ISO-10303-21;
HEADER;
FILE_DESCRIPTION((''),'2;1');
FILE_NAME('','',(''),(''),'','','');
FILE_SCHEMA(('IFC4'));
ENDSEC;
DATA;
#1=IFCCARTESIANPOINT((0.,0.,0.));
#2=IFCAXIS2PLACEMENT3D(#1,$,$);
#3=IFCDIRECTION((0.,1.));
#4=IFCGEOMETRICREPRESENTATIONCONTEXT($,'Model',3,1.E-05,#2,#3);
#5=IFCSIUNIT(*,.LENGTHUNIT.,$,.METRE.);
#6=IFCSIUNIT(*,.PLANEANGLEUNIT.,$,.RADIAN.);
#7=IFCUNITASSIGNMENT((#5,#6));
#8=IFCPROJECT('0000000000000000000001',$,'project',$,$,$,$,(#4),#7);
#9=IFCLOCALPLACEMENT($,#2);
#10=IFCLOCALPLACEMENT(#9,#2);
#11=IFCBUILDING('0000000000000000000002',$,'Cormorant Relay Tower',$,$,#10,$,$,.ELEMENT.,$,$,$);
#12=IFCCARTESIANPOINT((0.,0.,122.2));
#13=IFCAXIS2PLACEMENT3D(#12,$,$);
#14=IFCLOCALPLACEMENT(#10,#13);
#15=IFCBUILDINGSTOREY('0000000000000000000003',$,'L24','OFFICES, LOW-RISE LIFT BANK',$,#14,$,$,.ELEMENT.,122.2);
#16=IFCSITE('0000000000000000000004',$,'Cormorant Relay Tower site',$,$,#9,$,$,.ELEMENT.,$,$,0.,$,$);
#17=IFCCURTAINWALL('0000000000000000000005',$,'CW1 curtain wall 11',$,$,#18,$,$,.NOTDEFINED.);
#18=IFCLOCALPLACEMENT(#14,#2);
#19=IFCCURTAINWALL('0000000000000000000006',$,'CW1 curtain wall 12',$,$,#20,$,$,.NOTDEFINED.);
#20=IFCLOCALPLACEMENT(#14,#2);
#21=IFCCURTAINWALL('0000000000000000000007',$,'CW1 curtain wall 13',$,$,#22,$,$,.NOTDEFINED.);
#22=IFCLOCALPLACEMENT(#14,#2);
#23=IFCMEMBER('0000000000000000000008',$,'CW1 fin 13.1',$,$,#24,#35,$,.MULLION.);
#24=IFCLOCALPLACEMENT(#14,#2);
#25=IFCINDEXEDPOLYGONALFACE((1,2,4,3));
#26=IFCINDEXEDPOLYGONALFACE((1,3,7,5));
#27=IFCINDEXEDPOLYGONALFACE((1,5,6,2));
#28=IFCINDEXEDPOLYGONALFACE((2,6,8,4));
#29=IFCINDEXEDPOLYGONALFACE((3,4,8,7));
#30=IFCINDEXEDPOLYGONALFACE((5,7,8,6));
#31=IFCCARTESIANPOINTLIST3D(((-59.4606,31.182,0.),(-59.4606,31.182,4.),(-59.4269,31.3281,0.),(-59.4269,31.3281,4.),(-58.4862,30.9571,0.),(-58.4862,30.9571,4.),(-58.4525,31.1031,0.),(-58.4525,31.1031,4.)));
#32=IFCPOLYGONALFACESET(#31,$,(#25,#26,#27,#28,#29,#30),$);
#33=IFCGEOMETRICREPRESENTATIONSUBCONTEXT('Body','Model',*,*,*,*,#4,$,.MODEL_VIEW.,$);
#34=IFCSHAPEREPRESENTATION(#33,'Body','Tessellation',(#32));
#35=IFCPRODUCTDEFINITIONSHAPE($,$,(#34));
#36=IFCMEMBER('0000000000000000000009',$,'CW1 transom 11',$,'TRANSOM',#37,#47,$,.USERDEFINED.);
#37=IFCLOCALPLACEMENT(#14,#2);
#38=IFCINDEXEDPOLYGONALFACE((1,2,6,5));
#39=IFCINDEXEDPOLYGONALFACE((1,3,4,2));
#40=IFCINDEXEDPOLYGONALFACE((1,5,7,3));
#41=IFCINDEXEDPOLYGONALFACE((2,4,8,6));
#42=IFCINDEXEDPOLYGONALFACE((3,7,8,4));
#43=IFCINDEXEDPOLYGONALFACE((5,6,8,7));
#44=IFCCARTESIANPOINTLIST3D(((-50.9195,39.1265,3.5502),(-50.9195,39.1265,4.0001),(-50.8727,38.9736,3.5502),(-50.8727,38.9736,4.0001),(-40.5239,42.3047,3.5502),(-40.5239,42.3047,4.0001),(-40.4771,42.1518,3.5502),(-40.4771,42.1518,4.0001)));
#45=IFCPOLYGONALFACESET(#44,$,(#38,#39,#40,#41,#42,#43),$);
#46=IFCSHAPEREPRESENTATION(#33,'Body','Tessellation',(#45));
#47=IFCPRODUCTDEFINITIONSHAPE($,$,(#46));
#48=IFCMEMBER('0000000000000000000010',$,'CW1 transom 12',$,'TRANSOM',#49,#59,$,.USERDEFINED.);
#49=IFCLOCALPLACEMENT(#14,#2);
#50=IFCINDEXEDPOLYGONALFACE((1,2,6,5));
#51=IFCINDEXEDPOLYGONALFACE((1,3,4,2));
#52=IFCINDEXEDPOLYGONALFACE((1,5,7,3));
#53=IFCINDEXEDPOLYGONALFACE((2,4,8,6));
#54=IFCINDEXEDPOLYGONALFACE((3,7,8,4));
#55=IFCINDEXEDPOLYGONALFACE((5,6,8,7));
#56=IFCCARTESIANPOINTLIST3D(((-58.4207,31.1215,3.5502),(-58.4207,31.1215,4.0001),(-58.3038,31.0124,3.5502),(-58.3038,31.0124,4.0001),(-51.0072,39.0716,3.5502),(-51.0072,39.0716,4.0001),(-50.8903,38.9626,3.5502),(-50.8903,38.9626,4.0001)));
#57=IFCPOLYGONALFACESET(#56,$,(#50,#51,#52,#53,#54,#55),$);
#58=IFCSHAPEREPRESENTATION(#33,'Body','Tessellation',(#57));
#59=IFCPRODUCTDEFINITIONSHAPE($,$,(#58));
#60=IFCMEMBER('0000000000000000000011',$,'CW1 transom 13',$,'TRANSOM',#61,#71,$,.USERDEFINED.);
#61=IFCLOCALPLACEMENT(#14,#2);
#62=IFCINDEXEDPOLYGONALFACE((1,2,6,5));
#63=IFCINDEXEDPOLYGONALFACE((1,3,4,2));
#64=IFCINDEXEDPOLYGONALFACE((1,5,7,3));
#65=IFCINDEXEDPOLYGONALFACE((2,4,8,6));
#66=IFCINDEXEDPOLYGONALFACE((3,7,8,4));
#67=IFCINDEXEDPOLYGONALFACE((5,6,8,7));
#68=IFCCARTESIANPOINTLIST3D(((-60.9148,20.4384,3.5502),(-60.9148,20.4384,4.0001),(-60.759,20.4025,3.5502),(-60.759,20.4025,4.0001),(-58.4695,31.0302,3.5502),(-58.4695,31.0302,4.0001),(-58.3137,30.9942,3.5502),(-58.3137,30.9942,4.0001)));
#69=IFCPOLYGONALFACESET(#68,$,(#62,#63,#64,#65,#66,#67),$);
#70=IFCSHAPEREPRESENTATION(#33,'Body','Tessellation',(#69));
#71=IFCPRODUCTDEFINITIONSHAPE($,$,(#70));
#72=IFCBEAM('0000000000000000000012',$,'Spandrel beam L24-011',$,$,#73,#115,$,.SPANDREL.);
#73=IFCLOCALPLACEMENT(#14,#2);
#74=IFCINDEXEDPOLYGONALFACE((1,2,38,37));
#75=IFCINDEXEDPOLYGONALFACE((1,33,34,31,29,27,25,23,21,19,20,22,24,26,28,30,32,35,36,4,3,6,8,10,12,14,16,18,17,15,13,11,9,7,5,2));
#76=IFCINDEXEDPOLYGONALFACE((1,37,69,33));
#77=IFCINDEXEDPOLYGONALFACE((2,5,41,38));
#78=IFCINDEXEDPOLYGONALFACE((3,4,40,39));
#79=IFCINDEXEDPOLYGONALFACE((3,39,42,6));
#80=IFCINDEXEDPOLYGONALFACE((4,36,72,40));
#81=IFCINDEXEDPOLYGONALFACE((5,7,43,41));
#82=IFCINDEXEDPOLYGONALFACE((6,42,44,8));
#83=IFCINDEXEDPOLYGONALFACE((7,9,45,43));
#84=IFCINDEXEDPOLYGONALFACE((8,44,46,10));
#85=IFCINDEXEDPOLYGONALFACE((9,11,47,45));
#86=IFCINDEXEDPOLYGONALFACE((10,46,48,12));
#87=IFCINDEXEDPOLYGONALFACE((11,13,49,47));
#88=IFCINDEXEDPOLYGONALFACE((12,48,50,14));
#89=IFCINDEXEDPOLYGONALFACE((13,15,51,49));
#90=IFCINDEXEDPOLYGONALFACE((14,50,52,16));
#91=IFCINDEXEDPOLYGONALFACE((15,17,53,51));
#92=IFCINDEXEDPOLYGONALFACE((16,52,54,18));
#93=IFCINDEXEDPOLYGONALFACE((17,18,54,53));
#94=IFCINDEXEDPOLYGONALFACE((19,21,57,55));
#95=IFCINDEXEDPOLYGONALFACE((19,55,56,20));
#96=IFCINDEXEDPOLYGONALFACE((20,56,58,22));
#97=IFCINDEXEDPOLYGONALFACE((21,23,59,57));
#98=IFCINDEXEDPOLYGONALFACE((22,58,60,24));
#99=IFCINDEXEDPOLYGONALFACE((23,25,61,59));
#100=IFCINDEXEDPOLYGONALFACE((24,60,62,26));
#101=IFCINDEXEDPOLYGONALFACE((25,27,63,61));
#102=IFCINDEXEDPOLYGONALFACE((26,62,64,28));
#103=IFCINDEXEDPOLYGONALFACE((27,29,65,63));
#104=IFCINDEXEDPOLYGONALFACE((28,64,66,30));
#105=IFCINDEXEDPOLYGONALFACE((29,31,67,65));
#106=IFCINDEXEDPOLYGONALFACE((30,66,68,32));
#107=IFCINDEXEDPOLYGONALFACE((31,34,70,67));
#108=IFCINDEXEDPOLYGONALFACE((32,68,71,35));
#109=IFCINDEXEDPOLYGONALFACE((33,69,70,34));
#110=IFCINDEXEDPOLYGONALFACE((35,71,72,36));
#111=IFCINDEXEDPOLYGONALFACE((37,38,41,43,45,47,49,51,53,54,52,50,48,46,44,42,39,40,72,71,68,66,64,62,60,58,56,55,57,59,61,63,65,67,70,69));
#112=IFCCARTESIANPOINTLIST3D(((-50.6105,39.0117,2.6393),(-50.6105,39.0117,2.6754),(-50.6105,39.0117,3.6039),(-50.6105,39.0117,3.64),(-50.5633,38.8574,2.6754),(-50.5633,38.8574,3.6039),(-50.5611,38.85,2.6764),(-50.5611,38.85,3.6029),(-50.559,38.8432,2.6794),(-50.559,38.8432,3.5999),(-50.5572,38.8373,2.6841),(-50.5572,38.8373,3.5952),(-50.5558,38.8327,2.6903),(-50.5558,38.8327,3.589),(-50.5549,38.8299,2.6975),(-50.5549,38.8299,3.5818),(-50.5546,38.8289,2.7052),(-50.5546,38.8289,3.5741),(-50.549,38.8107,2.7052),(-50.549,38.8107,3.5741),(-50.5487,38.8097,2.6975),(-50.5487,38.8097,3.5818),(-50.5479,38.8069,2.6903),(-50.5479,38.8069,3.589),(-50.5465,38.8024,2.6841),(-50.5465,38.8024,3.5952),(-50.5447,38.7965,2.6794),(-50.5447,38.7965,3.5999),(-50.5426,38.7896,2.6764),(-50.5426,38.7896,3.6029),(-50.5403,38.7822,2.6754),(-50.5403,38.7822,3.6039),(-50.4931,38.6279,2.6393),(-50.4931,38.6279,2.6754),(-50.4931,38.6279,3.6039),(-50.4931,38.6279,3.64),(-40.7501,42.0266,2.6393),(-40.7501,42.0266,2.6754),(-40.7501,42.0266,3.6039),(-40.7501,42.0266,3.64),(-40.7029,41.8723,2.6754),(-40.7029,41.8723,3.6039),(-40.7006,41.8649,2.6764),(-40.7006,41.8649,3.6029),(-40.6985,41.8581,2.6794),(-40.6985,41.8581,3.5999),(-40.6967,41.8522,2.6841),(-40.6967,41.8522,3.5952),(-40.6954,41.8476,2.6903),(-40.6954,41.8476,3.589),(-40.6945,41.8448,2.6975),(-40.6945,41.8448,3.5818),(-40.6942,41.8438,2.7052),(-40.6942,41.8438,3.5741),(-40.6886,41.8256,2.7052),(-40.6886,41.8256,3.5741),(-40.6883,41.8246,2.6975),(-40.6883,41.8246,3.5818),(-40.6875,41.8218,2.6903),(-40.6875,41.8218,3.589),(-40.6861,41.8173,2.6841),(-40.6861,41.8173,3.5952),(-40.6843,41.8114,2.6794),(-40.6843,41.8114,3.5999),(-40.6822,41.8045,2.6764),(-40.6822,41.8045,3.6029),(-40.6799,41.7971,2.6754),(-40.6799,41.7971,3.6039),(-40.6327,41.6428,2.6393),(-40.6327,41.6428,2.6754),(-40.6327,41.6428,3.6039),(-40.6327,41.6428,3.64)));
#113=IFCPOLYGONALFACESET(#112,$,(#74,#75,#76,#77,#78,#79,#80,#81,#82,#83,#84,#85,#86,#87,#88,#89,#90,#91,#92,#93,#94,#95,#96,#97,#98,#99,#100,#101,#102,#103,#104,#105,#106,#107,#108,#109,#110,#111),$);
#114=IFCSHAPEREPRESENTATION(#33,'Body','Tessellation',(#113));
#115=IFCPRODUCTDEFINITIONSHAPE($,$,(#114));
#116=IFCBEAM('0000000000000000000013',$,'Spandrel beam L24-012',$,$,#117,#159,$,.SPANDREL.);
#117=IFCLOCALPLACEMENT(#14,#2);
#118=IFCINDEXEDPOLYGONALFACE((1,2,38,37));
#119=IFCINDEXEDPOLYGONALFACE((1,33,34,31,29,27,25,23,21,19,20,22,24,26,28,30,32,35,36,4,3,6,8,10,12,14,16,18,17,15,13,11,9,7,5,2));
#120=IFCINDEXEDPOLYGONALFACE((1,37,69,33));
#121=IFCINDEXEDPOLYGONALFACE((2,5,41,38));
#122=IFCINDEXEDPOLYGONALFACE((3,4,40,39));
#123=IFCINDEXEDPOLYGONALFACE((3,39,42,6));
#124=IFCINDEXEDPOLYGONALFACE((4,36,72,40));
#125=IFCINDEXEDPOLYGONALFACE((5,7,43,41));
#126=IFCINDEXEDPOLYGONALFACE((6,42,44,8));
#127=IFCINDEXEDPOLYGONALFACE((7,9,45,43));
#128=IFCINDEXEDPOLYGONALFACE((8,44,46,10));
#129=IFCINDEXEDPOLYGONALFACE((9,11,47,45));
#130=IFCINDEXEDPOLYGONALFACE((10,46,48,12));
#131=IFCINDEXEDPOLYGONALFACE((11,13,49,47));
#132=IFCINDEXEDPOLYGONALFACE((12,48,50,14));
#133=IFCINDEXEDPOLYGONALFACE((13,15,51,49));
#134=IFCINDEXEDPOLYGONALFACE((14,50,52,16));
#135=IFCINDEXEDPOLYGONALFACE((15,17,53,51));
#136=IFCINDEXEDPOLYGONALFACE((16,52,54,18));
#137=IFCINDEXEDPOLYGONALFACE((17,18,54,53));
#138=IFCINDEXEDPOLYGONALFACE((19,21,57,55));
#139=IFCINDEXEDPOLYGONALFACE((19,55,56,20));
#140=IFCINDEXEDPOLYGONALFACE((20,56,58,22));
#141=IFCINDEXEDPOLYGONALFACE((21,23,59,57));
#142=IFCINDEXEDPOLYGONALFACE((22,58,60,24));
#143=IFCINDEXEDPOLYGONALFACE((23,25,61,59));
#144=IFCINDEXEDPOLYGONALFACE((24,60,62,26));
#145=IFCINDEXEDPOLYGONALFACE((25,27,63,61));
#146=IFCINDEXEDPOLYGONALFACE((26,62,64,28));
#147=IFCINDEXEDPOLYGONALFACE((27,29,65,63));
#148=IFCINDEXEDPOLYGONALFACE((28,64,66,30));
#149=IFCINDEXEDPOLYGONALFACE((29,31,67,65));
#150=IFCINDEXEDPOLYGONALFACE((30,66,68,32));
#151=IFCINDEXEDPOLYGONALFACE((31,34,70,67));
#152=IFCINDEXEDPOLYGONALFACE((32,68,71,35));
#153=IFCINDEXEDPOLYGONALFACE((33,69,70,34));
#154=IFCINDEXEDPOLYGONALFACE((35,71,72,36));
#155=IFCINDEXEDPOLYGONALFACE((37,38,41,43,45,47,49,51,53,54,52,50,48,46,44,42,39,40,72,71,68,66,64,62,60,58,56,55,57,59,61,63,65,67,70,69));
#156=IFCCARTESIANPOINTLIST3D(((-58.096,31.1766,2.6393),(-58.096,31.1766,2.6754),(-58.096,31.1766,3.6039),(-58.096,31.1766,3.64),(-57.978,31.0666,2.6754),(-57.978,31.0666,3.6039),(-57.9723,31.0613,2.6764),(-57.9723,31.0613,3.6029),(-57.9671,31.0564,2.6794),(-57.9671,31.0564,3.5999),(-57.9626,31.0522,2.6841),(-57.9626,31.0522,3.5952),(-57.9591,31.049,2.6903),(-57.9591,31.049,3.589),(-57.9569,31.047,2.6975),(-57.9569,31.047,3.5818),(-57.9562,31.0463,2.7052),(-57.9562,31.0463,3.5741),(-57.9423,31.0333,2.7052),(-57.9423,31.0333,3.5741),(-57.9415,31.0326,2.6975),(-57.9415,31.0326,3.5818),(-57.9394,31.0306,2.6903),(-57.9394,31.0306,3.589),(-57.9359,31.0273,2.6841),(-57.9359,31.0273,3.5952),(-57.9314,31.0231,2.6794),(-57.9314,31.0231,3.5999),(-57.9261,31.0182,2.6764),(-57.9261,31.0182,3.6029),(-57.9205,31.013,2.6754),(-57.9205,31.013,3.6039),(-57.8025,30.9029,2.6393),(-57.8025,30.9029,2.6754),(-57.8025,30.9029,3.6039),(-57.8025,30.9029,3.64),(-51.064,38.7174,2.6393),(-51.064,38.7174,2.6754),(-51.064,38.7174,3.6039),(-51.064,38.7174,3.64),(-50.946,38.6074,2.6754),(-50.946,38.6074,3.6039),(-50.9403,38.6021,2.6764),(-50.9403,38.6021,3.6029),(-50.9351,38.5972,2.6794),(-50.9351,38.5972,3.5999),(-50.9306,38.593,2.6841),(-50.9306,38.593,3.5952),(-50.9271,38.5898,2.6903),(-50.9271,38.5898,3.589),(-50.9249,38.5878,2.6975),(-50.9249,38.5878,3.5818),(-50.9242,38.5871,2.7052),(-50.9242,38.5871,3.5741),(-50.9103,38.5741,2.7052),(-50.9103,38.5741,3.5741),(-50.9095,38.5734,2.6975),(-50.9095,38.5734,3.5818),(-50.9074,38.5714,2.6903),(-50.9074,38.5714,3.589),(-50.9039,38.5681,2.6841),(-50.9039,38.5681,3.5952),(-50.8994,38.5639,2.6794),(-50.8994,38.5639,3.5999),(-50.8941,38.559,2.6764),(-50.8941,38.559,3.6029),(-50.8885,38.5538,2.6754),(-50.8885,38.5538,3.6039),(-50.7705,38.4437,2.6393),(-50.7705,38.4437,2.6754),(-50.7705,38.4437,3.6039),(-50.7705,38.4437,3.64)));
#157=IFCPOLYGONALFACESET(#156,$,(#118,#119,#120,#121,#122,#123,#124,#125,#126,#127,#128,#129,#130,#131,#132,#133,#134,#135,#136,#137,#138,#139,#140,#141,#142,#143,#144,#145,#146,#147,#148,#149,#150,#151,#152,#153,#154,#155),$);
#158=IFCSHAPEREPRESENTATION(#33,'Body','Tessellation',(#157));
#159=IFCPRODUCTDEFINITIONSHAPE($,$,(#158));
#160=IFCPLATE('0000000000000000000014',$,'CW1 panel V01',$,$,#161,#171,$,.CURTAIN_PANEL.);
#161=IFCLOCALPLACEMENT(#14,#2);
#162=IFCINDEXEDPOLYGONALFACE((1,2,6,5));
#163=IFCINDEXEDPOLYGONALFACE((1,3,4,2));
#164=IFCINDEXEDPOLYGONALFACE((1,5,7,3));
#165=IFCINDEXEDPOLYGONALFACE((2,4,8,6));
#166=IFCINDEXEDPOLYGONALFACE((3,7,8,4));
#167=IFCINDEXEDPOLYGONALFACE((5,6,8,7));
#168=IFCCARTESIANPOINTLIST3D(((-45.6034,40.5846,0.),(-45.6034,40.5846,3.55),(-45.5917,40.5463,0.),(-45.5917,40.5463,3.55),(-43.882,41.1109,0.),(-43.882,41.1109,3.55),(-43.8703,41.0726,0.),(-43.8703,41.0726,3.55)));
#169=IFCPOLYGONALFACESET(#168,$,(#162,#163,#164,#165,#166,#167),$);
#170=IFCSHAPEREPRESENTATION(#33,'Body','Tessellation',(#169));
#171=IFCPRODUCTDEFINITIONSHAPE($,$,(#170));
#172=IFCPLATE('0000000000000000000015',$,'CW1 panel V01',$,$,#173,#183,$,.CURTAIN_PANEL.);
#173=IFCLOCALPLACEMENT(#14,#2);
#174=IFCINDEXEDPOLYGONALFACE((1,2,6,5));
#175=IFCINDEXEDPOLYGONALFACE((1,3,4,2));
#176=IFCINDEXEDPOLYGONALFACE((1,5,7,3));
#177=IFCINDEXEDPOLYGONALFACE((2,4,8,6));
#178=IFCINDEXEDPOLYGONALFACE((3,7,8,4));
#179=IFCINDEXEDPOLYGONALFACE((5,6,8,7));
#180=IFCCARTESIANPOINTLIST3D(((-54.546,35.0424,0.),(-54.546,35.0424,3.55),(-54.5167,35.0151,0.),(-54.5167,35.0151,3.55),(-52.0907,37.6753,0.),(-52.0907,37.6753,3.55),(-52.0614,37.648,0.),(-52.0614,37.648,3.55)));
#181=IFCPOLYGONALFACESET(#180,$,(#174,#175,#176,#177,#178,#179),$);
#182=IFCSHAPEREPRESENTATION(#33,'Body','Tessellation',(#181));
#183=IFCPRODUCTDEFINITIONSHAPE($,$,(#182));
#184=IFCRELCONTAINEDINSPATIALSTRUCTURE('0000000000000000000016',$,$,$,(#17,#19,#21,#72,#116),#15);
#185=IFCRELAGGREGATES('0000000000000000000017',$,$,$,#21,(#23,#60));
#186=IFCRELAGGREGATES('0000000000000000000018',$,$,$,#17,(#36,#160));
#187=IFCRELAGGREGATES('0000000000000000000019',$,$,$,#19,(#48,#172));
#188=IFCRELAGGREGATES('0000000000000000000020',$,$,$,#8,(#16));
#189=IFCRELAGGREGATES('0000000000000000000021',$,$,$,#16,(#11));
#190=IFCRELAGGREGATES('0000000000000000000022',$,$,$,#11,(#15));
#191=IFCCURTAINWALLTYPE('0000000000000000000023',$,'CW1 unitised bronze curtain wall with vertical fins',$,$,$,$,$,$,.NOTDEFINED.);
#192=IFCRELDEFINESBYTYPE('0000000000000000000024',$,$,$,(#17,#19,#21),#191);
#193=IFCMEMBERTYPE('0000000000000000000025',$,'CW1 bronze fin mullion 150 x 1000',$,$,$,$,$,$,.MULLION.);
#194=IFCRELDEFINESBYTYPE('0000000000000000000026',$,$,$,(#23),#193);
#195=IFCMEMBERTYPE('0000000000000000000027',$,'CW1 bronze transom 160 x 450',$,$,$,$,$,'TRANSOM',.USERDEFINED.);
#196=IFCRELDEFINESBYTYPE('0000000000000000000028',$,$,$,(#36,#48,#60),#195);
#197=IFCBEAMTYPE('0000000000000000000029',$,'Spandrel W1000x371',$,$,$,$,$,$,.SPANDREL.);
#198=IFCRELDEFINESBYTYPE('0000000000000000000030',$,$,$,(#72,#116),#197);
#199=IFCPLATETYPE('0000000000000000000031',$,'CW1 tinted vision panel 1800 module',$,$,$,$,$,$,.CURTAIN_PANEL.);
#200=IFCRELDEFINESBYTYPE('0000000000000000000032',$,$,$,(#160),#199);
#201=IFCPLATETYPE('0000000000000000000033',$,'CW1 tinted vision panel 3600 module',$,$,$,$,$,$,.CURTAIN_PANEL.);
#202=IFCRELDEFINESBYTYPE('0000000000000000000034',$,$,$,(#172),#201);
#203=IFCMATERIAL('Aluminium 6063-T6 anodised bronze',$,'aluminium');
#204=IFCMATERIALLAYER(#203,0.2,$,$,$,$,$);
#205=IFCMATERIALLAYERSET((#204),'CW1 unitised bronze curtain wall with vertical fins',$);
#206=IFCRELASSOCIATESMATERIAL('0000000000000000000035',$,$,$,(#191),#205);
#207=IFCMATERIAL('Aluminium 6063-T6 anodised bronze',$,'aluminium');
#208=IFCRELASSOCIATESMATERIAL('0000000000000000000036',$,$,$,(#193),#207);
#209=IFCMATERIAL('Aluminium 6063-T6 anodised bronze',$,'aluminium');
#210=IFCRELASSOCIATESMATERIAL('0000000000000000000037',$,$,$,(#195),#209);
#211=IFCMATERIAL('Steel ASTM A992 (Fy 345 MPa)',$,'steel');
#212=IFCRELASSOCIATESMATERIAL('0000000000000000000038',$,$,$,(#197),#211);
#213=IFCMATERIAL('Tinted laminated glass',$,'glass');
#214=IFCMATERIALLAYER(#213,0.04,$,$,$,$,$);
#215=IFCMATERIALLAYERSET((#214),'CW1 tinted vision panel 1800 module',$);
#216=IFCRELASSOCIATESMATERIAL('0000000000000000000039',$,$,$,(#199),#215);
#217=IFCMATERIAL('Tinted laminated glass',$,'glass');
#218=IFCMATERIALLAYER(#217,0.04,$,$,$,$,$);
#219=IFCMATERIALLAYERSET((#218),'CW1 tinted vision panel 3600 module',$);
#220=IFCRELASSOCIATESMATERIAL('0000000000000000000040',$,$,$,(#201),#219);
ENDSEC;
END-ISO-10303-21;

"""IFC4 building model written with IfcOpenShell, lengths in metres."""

from ifc_helpers import new_model, si_unit, direction, frame, origin, origin_2d, place, context, subcontext, project, spatial, rectangle, i_section, extrude, material, layer, layer_set, material_profile, profile_set, type_object, element, aggregate, save


model = new_model("IFC4")

# Units and contexts
model_context = context("Model", 3, precision=1e-05, world=origin(), true_north=direction((0.0, 1.0)))
body_context = subcontext(model_context, "Body", "Model", "MODEL_VIEW")
ifc_project = project(units=[si_unit("LENGTHUNIT", "METRE"), si_unit("PLANEANGLEUNIT", "RADIAN")], contexts=[model_context])

# Site, building, storey
site_placement = place(None, origin())
site = spatial("IfcSite", under=ifc_project, at=site_placement, Name="Cormorant Relay Tower site", CompositionType="ELEMENT", RefElevation=0.0)
building_placement = place(site_placement, origin())
building = spatial("IfcBuilding", under=site, at=building_placement, Name="Cormorant Relay Tower", CompositionType="ELEMENT")
storey_placement = place(building_placement, frame((0.0, 0.0, 122.2)))
storey = spatial("IfcBuildingStorey", under=building, at=storey_placement, Name="L24", Description="OFFICES, LOW-RISE LIFT BANK", CompositionType="ELEMENT", Elevation=122.2)

# Curtain walls
ifc_material_1 = material(Name="Aluminium 6063-T6 anodised bronze", Category="aluminium")
ifc_layer_1 = layer(ifc_material_1, 0.2)
ifc_layer_set_1 = layer_set([ifc_layer_1], Name="CW1 unitised bronze curtain wall with vertical fins")
curtain_wall_type = type_object("IfcCurtainWallType", Name="CW1 unitised bronze curtain wall with vertical fins", PredefinedType="NOTDEFINED", material=ifc_layer_set_1)
curtain_wall_1_placement = place(storey_placement, origin())
curtain_wall_1 = element("IfcCurtainWall", 1, at=curtain_wall_1_placement, inside=storey, type_object=curtain_wall_type, Name="CW1 curtain wall 11", PredefinedType="NOTDEFINED")
ifc_material_2 = material(Name="Aluminium 6063-T6 anodised bronze", Category="aluminium")
ifc_material_profile_1 = material_profile(ifc_material_2, rectangle(XDim=0.1499, YDim=1.0, at=origin_2d()), Name="AL 150x1000")
ifc_profile_set_1 = profile_set([ifc_material_profile_1], Name="Aluminium 6063-T6 anodised bronze")
member_type_1 = type_object("IfcMemberType", Name="CW1 bronze fin mullion 150 x 1000", PredefinedType="MULLION", material=ifc_profile_set_1)
curtain_wall_2_placement = place(storey_placement, origin())
curtain_wall_2 = element("IfcCurtainWall", 2, at=curtain_wall_2_placement, inside=storey, type_object=curtain_wall_type, Name="CW1 curtain wall 12", PredefinedType="NOTDEFINED")

# Curtain wall, member
curtain_wall_3_placement = place(storey_placement, origin())
curtain_wall_3 = element("IfcCurtainWall", 3, at=curtain_wall_3_placement, inside=storey, type_object=curtain_wall_type, Name="CW1 curtain wall 13", PredefinedType="NOTDEFINED")
member_1_placement = place(storey_placement, frame((-58.9565, 31.1426, 0.0), z_axis=(0.0, 0.0, 1.0), x_axis=(-0.224951, -0.97437, 0.0)))
member_1 = element("IfcMember", 4, at=member_1_placement, type_object=member_type_1, Name="CW1 fin 13.1", PredefinedType="MULLION", context=body_context, shape_type="SweptSolid", body=[
    extrude(rectangle(XDim=0.1499, YDim=1.0, at=origin_2d()), origin(), (0.0, 0.0, 1.0), 4.0),
])

# Members
ifc_material_3 = material(Name="Aluminium 6063-T6 anodised bronze", Category="aluminium")
ifc_material_profile_2 = material_profile(ifc_material_3, rectangle(XDim=0.1599, YDim=0.45, at=origin_2d()), Name="AL 160x450")
ifc_profile_set_2 = profile_set([ifc_material_profile_2], Name="Aluminium 6063-T6 anodised bronze")
member_type_2 = type_object("IfcMemberType", Name="CW1 bronze transom 160 x 450", ElementType="TRANSOM", PredefinedType="USERDEFINED", material=ifc_profile_set_2)
member_2_placement = place(storey_placement, frame((-40.5005, 42.2283, 3.7751), z_axis=(-0.956305, -0.292371, 0.0), x_axis=(0.292371, -0.956305, 0.0)))
member_2 = element("IfcMember", 5, at=member_2_placement, type_object=member_type_2, Name="CW1 transom 11", ObjectType="TRANSOM", PredefinedType="USERDEFINED", context=body_context, shape_type="SweptSolid", body=[
    extrude(rectangle(XDim=0.1599, YDim=0.45, at=origin_2d()), origin(), (0.0, 0.0, 1.0), 10.8706),
])
member_3_placement = place(storey_placement, frame((-50.9487, 39.0171, 3.7751), z_axis=(-0.681993, -0.731358, 0.0), x_axis=(0.731358, -0.681993, 0.0)))
member_3 = element("IfcMember", 6, at=member_3_placement, type_object=member_type_2, Name="CW1 transom 12", ObjectType="TRANSOM", PredefinedType="USERDEFINED", context=body_context, shape_type="SweptSolid", body=[
    extrude(rectangle(XDim=0.1599, YDim=0.45, at=origin_2d()), origin(), (0.0, 0.0, 1.0), 10.8704),
])
member_4_placement = place(storey_placement, frame((-58.3916, 31.0122, 3.7751), z_axis=(-0.224951, -0.97437, 0.0), x_axis=(0.97437, -0.224951, 0.0)))
member_4 = element("IfcMember", 7, at=member_4_placement, type_object=member_type_2, Name="CW1 transom 13", ObjectType="TRANSOM", PredefinedType="USERDEFINED", context=body_context, shape_type="SweptSolid", body=[
    extrude(rectangle(XDim=0.1599, YDim=0.45, at=origin_2d()), origin(), (0.0, 0.0, 1.0), 10.8704),
])
aggregate(curtain_wall_3, [member_1, member_4])

# Beams
ifc_material_4 = material(Name="Steel ASTM A992 (Fy 345 MPa)", Category="steel")
ifc_material_profile_3 = material_profile(ifc_material_4, i_section(OverallWidth=0.4014, OverallDepth=1.0007, WebThickness=0.019, FlangeThickness=0.0361, FilletRadius=0.0298, at=origin_2d()), Name="W1000x371")
ifc_profile_set_3 = profile_set([ifc_material_profile_3], Name="Steel ASTM A992 (Fy 345 MPa)")
beam_type = type_object("IfcBeamType", Name="Spandrel W1000x371", PredefinedType="SPANDREL", material=ifc_profile_set_3)
beam_1_placement = place(storey_placement, frame((-40.6914, 41.8347, 3.1396), z_axis=(-0.956297, -0.292397, 0.0), x_axis=(0.292397, -0.956297, 0.0)))
element("IfcBeam", 8, at=beam_1_placement, inside=storey, type_object=beam_type, Name="Spandrel beam L24-011", PredefinedType="SPANDREL", context=body_context, shape_type="SweptSolid", body=[
    extrude(i_section(OverallWidth=0.4014, OverallDepth=1.0007, WebThickness=0.019, FlangeThickness=0.0361, FilletRadius=0.0298, at=origin_2d()), origin(), (0.0, 0.0, 1.0), 10.311),
])
beam_2_placement = place(storey_placement, frame((-50.9172, 38.5806, 3.1396), z_axis=(-0.682004, -0.731349, 0.0), x_axis=(0.731349, -0.682004, 0.0)))
element("IfcBeam", 9, at=beam_2_placement, inside=storey, type_object=beam_type, Name="Spandrel beam L24-012", PredefinedType="SPANDREL", context=body_context, shape_type="SweptSolid", body=[
    extrude(i_section(OverallWidth=0.4014, OverallDepth=1.0007, WebThickness=0.019, FlangeThickness=0.0361, FilletRadius=0.0298, at=origin_2d()), origin(), (0.0, 0.0, 1.0), 10.3108),
])

# Plates
ifc_material_5 = material(Name="Tinted laminated glass", Category="glass")
ifc_layer_2 = layer(ifc_material_5, 0.04)
ifc_layer_set_2 = layer_set([ifc_layer_2], Name="CW1 tinted vision panel 1800 module")
plate_type_1 = type_object("IfcPlateType", Name="CW1 tinted vision panel 1800 module", PredefinedType="CURTAIN_PANEL", material=ifc_layer_set_2)
plate_1_placement = place(storey_placement, frame((-44.7368, 40.8286, 0.0), z_axis=(0.0, 0.0, 1.0), x_axis=(-0.956305, -0.292372, 0.0)))
plate_1 = element("IfcPlate", 10, at=plate_1_placement, type_object=plate_type_1, Name="CW1 panel V01", PredefinedType="CURTAIN_PANEL", context=body_context, shape_type="SweptSolid", body=[
    extrude(rectangle(XDim=1.8, YDim=0.04, at=origin_2d()), origin(), (0.0, 0.0, 1.0), 3.55),
])
ifc_material_6 = material(Name="Tinted laminated glass", Category="glass")
ifc_layer_3 = layer(ifc_material_6, 0.04)
ifc_layer_set_3 = layer_set([ifc_layer_3], Name="CW1 tinted vision panel 3600 module")
plate_type_2 = type_object("IfcPlateType", Name="CW1 tinted vision panel 3600 module", PredefinedType="CURTAIN_PANEL", material=ifc_layer_set_3)
plate_2_placement = place(storey_placement, frame((-53.3037, 36.3452, 0.0), z_axis=(0.0, 0.0, 1.0), x_axis=(-0.681998, -0.731354, 0.0)))
plate_2 = element("IfcPlate", 11, at=plate_2_placement, type_object=plate_type_2, Name="CW1 panel V01", PredefinedType="CURTAIN_PANEL", context=body_context, shape_type="SweptSolid", body=[
    extrude(rectangle(XDim=3.6001, YDim=0.04, at=origin_2d()), origin(), (0.0, 0.0, 1.0), 3.55),
])

aggregate(curtain_wall_1, [member_2, plate_1])
aggregate(curtain_wall_2, [member_3, plate_2])

save(model, "model.ifc")
